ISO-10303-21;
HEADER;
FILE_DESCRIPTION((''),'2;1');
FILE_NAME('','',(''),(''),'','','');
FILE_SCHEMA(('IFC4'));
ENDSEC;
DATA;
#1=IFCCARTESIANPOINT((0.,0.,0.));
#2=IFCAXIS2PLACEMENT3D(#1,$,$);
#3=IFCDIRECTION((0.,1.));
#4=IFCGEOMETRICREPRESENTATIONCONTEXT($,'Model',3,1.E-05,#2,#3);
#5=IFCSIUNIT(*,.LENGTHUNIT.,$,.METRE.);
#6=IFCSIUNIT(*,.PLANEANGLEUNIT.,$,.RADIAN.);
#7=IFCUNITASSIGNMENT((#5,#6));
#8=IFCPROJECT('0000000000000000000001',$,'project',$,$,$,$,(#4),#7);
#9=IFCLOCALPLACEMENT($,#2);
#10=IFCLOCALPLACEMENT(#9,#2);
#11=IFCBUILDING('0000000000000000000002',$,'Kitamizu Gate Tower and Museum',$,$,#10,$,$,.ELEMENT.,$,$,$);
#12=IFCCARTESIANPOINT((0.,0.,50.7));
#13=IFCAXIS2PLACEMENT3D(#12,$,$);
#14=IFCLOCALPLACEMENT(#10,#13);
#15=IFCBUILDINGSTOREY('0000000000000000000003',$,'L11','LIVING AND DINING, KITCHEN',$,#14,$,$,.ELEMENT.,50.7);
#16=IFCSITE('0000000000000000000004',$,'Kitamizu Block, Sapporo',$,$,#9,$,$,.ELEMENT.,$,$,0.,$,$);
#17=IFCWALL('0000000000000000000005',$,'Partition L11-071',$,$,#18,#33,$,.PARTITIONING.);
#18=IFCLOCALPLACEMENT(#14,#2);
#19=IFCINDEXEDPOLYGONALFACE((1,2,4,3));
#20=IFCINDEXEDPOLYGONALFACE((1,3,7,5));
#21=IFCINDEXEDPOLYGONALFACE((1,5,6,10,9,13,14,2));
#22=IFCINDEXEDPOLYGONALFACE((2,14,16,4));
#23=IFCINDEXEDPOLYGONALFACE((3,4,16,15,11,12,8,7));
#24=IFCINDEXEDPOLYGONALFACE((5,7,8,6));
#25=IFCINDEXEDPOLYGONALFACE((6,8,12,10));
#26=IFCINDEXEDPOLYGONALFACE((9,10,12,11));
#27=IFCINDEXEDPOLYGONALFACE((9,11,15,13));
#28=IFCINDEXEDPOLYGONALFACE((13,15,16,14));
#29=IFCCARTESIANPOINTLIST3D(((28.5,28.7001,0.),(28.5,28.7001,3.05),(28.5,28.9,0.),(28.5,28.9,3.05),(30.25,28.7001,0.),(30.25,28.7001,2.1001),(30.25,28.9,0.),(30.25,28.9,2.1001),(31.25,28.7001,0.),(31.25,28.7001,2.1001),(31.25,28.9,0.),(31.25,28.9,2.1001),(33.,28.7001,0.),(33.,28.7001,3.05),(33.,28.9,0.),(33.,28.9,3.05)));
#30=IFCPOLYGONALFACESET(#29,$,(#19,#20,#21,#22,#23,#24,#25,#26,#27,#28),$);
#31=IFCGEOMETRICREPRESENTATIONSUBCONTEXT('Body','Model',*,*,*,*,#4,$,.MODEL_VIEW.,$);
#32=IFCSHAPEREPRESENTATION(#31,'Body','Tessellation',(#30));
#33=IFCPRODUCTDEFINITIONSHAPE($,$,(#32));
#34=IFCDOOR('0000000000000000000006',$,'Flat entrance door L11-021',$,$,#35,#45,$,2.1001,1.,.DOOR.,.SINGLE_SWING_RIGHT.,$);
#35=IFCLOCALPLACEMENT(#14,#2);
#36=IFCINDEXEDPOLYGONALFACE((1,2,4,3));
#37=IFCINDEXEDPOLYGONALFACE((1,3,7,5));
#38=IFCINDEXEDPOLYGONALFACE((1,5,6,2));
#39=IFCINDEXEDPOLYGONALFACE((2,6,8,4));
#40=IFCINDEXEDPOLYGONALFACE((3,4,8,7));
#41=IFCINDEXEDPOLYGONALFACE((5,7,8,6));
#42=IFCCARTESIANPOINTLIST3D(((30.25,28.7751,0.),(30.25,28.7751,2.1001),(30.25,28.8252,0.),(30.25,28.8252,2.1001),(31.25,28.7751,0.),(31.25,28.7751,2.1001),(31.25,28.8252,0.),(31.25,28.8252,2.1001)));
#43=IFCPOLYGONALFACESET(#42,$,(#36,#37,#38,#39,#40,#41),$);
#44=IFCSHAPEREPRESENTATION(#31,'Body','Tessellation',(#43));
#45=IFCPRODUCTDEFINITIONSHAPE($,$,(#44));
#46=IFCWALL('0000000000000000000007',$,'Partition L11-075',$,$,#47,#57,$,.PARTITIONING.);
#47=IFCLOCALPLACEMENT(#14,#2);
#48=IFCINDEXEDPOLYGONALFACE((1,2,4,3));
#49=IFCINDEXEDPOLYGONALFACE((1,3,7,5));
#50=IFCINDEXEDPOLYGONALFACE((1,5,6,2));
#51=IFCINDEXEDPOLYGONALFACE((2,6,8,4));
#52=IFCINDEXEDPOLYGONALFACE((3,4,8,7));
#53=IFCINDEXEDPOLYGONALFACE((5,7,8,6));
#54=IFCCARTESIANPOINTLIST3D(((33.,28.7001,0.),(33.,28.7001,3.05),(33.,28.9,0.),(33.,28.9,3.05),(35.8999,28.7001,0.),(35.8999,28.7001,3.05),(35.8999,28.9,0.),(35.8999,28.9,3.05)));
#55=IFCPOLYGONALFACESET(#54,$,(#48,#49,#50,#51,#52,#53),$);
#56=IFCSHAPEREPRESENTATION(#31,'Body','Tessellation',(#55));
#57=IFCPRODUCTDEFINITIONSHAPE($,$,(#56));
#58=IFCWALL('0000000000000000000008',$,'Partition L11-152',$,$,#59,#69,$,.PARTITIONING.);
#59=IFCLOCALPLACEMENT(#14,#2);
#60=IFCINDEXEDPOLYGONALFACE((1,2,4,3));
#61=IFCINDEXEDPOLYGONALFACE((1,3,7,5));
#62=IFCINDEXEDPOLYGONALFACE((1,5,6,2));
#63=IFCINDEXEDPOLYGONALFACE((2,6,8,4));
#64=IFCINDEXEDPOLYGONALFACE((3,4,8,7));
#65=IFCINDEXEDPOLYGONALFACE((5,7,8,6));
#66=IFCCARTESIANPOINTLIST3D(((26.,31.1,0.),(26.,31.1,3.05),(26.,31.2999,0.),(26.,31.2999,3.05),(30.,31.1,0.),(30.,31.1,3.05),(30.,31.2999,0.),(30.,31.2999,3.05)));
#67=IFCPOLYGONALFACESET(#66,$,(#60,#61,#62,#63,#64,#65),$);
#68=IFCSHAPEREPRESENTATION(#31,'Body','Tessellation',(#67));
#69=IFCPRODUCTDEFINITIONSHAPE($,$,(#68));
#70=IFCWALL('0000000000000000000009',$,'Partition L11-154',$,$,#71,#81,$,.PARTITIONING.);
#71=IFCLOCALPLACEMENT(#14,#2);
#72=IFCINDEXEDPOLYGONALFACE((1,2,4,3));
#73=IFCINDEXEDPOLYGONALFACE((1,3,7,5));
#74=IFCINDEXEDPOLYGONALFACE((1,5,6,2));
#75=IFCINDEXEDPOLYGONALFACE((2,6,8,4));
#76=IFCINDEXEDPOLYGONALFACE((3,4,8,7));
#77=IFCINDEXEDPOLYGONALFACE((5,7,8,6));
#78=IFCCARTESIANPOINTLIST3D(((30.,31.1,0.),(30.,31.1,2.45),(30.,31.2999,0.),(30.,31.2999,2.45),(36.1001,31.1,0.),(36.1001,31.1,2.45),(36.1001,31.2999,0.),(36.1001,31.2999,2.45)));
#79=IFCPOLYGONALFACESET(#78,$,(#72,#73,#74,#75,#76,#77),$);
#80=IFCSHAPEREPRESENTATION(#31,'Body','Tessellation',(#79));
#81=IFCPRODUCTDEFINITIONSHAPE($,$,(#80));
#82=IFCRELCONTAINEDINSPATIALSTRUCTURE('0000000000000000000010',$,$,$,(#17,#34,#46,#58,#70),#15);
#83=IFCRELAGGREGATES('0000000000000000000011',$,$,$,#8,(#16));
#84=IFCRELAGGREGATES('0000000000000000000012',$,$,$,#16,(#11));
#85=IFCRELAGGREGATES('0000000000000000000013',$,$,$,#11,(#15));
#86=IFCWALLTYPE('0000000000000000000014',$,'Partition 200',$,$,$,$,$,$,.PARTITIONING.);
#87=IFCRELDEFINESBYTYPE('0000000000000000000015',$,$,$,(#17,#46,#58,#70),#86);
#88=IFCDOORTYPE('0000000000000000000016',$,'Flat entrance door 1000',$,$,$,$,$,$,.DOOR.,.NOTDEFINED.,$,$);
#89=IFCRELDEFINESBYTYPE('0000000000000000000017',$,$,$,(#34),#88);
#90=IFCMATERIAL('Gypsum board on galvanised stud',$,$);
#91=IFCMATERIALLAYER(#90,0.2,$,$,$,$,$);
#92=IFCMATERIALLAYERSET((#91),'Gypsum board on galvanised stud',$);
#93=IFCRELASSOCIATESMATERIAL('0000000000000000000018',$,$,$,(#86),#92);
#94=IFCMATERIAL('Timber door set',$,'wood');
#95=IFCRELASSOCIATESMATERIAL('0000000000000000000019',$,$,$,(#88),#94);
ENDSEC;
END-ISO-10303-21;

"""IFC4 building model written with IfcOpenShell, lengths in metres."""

from ifc_helpers import new_model, si_unit, direction, frame, frame_2d, origin, place, context, subcontext, project, spatial, rectangle, extrude, material, layer, layer_set, type_object, element, fill, save


model = new_model("IFC4")

# Units and contexts
model_context = context("Model", 3, precision=1e-05, world=origin(), true_north=direction((0.0, 1.0)))
body_context = subcontext(model_context, "Body", "Model", "MODEL_VIEW")
ifc_project = project(units=[si_unit("LENGTHUNIT", "METRE"), si_unit("PLANEANGLEUNIT", "RADIAN")], contexts=[model_context])

# Site, building, storey
site_placement = place(None, origin())
site = spatial("IfcSite", under=ifc_project, at=site_placement, Name="Kitamizu Block, Sapporo", CompositionType="ELEMENT", RefElevation=0.0)
building_placement = place(site_placement, origin())
building = spatial("IfcBuilding", under=site, at=building_placement, Name="Kitamizu Gate Tower and Museum", CompositionType="ELEMENT")
storey_placement = place(building_placement, frame((0.0, 0.0, 50.7)))
storey = spatial("IfcBuildingStorey", under=building, at=storey_placement, Name="L11", Description="LIVING AND DINING, KITCHEN", CompositionType="ELEMENT", Elevation=50.7)

# Shared definitions
ifc_material_1 = material(Name="Gypsum board on galvanised stud")
ifc_layer_1 = layer(ifc_material_1, 0.2)
ifc_layer_set_1 = layer_set([ifc_layer_1], Name="Gypsum board on galvanised stud")
wall_type_1 = type_object("IfcWallType", Name="Partition 200", PredefinedType="PARTITIONING", material=ifc_layer_set_1)

# Wall, opening, door
wall_1_placement = place(storey_placement, frame((33.0, 28.8, 0.0), z_axis=(0.0, 0.0, 1.0), x_axis=(-1.0, 0.0, 0.0)))
wall_1 = element("IfcWall", 1, at=wall_1_placement, inside=storey, type_object=wall_type_1, Name="Partition L11-071", PredefinedType="PARTITIONING", context=body_context, shape_type="SweptSolid", body=[
    extrude(rectangle(XDim=4.5, YDim=0.2, at=frame_2d((2.25, 0.0))), origin(), (0.0, 0.0, 1.0), 3.05),
])
opening_1_placement = place(wall_1_placement, frame((1.75, 0.0, 0.0)))
opening_1 = element("IfcOpeningElement", 2, at=opening_1_placement, cuts=wall_1, PredefinedType="OPENING", context=body_context, shape_type="SweptSolid", body=[
    extrude(rectangle(XDim=1.0, YDim=2.1001, at=frame_2d((0.5, 1.05))), frame((0.0, 0.1099, 0.0), z_axis=(0.0, -1.0, 0.0), x_axis=(1.0, 0.0, 0.0)), (0.0, 0.0, 1.0), 0.22),
])
ifc_material_2 = material(Name="Timber door set", Category="wood")
door_type_1 = type_object("IfcDoorType", Name="Flat entrance door 1000", OperationType="NOTDEFINED", PredefinedType="DOOR", material=ifc_material_2)
door_1_placement = place(opening_1_placement, origin())
door_1 = element("IfcDoor", 3, at=door_1_placement, inside=storey, type_object=door_type_1, Name="Flat entrance door L11-021", OperationType="SINGLE_SWING_RIGHT", OverallHeight=2.1001, OverallWidth=1.0, PredefinedType="DOOR", context=body_context, shape_type="SweptSolid", body=[
    extrude(rectangle(XDim=1.0, YDim=2.1001, at=frame_2d((0.5, 1.05))), frame((0.0, 0.0249, 0.0), z_axis=(0.0, -1.0, 0.0), x_axis=(1.0, 0.0, 0.0)), (0.0, 0.0, 1.0), 0.05),
])
fill(opening_1, door_1)

# Walls
wall_2_placement = place(storey_placement, frame((35.8999, 28.8, 0.0), z_axis=(0.0, 0.0, 1.0), x_axis=(-1.0, 0.0, 0.0)))
element("IfcWall", 4, at=wall_2_placement, inside=storey, type_object=wall_type_1, Name="Partition L11-075", PredefinedType="PARTITIONING", context=body_context, shape_type="SweptSolid", body=[
    extrude(rectangle(XDim=2.8999, YDim=0.2, at=frame_2d((1.45, 0.0))), origin(), (0.0, 0.0, 1.0), 3.05),
])
wall_3_placement = place(storey_placement, frame((26.0, 31.2, 0.0), z_axis=(0.0, 0.0, 1.0), x_axis=(1.0, 0.0, 0.0)))
element("IfcWall", 5, at=wall_3_placement, inside=storey, type_object=wall_type_1, Name="Partition L11-152", PredefinedType="PARTITIONING", context=body_context, shape_type="SweptSolid", body=[
    extrude(rectangle(XDim=4.0, YDim=0.2, at=frame_2d((2.0, 0.0))), origin(), (0.0, 0.0, 1.0), 3.05),
])
wall_4_placement = place(storey_placement, frame((30.0, 31.2, 0.0), z_axis=(0.0, 0.0, 1.0), x_axis=(1.0, 0.0, 0.0)))
element("IfcWall", 6, at=wall_4_placement, inside=storey, type_object=wall_type_1, Name="Partition L11-154", PredefinedType="PARTITIONING", context=body_context, shape_type="SweptSolid", body=[
    extrude(rectangle(XDim=6.1001, YDim=0.2, at=frame_2d((3.05, 0.0))), origin(), (0.0, 0.0, 1.0), 2.45),
])

save(model, "model.ifc")
